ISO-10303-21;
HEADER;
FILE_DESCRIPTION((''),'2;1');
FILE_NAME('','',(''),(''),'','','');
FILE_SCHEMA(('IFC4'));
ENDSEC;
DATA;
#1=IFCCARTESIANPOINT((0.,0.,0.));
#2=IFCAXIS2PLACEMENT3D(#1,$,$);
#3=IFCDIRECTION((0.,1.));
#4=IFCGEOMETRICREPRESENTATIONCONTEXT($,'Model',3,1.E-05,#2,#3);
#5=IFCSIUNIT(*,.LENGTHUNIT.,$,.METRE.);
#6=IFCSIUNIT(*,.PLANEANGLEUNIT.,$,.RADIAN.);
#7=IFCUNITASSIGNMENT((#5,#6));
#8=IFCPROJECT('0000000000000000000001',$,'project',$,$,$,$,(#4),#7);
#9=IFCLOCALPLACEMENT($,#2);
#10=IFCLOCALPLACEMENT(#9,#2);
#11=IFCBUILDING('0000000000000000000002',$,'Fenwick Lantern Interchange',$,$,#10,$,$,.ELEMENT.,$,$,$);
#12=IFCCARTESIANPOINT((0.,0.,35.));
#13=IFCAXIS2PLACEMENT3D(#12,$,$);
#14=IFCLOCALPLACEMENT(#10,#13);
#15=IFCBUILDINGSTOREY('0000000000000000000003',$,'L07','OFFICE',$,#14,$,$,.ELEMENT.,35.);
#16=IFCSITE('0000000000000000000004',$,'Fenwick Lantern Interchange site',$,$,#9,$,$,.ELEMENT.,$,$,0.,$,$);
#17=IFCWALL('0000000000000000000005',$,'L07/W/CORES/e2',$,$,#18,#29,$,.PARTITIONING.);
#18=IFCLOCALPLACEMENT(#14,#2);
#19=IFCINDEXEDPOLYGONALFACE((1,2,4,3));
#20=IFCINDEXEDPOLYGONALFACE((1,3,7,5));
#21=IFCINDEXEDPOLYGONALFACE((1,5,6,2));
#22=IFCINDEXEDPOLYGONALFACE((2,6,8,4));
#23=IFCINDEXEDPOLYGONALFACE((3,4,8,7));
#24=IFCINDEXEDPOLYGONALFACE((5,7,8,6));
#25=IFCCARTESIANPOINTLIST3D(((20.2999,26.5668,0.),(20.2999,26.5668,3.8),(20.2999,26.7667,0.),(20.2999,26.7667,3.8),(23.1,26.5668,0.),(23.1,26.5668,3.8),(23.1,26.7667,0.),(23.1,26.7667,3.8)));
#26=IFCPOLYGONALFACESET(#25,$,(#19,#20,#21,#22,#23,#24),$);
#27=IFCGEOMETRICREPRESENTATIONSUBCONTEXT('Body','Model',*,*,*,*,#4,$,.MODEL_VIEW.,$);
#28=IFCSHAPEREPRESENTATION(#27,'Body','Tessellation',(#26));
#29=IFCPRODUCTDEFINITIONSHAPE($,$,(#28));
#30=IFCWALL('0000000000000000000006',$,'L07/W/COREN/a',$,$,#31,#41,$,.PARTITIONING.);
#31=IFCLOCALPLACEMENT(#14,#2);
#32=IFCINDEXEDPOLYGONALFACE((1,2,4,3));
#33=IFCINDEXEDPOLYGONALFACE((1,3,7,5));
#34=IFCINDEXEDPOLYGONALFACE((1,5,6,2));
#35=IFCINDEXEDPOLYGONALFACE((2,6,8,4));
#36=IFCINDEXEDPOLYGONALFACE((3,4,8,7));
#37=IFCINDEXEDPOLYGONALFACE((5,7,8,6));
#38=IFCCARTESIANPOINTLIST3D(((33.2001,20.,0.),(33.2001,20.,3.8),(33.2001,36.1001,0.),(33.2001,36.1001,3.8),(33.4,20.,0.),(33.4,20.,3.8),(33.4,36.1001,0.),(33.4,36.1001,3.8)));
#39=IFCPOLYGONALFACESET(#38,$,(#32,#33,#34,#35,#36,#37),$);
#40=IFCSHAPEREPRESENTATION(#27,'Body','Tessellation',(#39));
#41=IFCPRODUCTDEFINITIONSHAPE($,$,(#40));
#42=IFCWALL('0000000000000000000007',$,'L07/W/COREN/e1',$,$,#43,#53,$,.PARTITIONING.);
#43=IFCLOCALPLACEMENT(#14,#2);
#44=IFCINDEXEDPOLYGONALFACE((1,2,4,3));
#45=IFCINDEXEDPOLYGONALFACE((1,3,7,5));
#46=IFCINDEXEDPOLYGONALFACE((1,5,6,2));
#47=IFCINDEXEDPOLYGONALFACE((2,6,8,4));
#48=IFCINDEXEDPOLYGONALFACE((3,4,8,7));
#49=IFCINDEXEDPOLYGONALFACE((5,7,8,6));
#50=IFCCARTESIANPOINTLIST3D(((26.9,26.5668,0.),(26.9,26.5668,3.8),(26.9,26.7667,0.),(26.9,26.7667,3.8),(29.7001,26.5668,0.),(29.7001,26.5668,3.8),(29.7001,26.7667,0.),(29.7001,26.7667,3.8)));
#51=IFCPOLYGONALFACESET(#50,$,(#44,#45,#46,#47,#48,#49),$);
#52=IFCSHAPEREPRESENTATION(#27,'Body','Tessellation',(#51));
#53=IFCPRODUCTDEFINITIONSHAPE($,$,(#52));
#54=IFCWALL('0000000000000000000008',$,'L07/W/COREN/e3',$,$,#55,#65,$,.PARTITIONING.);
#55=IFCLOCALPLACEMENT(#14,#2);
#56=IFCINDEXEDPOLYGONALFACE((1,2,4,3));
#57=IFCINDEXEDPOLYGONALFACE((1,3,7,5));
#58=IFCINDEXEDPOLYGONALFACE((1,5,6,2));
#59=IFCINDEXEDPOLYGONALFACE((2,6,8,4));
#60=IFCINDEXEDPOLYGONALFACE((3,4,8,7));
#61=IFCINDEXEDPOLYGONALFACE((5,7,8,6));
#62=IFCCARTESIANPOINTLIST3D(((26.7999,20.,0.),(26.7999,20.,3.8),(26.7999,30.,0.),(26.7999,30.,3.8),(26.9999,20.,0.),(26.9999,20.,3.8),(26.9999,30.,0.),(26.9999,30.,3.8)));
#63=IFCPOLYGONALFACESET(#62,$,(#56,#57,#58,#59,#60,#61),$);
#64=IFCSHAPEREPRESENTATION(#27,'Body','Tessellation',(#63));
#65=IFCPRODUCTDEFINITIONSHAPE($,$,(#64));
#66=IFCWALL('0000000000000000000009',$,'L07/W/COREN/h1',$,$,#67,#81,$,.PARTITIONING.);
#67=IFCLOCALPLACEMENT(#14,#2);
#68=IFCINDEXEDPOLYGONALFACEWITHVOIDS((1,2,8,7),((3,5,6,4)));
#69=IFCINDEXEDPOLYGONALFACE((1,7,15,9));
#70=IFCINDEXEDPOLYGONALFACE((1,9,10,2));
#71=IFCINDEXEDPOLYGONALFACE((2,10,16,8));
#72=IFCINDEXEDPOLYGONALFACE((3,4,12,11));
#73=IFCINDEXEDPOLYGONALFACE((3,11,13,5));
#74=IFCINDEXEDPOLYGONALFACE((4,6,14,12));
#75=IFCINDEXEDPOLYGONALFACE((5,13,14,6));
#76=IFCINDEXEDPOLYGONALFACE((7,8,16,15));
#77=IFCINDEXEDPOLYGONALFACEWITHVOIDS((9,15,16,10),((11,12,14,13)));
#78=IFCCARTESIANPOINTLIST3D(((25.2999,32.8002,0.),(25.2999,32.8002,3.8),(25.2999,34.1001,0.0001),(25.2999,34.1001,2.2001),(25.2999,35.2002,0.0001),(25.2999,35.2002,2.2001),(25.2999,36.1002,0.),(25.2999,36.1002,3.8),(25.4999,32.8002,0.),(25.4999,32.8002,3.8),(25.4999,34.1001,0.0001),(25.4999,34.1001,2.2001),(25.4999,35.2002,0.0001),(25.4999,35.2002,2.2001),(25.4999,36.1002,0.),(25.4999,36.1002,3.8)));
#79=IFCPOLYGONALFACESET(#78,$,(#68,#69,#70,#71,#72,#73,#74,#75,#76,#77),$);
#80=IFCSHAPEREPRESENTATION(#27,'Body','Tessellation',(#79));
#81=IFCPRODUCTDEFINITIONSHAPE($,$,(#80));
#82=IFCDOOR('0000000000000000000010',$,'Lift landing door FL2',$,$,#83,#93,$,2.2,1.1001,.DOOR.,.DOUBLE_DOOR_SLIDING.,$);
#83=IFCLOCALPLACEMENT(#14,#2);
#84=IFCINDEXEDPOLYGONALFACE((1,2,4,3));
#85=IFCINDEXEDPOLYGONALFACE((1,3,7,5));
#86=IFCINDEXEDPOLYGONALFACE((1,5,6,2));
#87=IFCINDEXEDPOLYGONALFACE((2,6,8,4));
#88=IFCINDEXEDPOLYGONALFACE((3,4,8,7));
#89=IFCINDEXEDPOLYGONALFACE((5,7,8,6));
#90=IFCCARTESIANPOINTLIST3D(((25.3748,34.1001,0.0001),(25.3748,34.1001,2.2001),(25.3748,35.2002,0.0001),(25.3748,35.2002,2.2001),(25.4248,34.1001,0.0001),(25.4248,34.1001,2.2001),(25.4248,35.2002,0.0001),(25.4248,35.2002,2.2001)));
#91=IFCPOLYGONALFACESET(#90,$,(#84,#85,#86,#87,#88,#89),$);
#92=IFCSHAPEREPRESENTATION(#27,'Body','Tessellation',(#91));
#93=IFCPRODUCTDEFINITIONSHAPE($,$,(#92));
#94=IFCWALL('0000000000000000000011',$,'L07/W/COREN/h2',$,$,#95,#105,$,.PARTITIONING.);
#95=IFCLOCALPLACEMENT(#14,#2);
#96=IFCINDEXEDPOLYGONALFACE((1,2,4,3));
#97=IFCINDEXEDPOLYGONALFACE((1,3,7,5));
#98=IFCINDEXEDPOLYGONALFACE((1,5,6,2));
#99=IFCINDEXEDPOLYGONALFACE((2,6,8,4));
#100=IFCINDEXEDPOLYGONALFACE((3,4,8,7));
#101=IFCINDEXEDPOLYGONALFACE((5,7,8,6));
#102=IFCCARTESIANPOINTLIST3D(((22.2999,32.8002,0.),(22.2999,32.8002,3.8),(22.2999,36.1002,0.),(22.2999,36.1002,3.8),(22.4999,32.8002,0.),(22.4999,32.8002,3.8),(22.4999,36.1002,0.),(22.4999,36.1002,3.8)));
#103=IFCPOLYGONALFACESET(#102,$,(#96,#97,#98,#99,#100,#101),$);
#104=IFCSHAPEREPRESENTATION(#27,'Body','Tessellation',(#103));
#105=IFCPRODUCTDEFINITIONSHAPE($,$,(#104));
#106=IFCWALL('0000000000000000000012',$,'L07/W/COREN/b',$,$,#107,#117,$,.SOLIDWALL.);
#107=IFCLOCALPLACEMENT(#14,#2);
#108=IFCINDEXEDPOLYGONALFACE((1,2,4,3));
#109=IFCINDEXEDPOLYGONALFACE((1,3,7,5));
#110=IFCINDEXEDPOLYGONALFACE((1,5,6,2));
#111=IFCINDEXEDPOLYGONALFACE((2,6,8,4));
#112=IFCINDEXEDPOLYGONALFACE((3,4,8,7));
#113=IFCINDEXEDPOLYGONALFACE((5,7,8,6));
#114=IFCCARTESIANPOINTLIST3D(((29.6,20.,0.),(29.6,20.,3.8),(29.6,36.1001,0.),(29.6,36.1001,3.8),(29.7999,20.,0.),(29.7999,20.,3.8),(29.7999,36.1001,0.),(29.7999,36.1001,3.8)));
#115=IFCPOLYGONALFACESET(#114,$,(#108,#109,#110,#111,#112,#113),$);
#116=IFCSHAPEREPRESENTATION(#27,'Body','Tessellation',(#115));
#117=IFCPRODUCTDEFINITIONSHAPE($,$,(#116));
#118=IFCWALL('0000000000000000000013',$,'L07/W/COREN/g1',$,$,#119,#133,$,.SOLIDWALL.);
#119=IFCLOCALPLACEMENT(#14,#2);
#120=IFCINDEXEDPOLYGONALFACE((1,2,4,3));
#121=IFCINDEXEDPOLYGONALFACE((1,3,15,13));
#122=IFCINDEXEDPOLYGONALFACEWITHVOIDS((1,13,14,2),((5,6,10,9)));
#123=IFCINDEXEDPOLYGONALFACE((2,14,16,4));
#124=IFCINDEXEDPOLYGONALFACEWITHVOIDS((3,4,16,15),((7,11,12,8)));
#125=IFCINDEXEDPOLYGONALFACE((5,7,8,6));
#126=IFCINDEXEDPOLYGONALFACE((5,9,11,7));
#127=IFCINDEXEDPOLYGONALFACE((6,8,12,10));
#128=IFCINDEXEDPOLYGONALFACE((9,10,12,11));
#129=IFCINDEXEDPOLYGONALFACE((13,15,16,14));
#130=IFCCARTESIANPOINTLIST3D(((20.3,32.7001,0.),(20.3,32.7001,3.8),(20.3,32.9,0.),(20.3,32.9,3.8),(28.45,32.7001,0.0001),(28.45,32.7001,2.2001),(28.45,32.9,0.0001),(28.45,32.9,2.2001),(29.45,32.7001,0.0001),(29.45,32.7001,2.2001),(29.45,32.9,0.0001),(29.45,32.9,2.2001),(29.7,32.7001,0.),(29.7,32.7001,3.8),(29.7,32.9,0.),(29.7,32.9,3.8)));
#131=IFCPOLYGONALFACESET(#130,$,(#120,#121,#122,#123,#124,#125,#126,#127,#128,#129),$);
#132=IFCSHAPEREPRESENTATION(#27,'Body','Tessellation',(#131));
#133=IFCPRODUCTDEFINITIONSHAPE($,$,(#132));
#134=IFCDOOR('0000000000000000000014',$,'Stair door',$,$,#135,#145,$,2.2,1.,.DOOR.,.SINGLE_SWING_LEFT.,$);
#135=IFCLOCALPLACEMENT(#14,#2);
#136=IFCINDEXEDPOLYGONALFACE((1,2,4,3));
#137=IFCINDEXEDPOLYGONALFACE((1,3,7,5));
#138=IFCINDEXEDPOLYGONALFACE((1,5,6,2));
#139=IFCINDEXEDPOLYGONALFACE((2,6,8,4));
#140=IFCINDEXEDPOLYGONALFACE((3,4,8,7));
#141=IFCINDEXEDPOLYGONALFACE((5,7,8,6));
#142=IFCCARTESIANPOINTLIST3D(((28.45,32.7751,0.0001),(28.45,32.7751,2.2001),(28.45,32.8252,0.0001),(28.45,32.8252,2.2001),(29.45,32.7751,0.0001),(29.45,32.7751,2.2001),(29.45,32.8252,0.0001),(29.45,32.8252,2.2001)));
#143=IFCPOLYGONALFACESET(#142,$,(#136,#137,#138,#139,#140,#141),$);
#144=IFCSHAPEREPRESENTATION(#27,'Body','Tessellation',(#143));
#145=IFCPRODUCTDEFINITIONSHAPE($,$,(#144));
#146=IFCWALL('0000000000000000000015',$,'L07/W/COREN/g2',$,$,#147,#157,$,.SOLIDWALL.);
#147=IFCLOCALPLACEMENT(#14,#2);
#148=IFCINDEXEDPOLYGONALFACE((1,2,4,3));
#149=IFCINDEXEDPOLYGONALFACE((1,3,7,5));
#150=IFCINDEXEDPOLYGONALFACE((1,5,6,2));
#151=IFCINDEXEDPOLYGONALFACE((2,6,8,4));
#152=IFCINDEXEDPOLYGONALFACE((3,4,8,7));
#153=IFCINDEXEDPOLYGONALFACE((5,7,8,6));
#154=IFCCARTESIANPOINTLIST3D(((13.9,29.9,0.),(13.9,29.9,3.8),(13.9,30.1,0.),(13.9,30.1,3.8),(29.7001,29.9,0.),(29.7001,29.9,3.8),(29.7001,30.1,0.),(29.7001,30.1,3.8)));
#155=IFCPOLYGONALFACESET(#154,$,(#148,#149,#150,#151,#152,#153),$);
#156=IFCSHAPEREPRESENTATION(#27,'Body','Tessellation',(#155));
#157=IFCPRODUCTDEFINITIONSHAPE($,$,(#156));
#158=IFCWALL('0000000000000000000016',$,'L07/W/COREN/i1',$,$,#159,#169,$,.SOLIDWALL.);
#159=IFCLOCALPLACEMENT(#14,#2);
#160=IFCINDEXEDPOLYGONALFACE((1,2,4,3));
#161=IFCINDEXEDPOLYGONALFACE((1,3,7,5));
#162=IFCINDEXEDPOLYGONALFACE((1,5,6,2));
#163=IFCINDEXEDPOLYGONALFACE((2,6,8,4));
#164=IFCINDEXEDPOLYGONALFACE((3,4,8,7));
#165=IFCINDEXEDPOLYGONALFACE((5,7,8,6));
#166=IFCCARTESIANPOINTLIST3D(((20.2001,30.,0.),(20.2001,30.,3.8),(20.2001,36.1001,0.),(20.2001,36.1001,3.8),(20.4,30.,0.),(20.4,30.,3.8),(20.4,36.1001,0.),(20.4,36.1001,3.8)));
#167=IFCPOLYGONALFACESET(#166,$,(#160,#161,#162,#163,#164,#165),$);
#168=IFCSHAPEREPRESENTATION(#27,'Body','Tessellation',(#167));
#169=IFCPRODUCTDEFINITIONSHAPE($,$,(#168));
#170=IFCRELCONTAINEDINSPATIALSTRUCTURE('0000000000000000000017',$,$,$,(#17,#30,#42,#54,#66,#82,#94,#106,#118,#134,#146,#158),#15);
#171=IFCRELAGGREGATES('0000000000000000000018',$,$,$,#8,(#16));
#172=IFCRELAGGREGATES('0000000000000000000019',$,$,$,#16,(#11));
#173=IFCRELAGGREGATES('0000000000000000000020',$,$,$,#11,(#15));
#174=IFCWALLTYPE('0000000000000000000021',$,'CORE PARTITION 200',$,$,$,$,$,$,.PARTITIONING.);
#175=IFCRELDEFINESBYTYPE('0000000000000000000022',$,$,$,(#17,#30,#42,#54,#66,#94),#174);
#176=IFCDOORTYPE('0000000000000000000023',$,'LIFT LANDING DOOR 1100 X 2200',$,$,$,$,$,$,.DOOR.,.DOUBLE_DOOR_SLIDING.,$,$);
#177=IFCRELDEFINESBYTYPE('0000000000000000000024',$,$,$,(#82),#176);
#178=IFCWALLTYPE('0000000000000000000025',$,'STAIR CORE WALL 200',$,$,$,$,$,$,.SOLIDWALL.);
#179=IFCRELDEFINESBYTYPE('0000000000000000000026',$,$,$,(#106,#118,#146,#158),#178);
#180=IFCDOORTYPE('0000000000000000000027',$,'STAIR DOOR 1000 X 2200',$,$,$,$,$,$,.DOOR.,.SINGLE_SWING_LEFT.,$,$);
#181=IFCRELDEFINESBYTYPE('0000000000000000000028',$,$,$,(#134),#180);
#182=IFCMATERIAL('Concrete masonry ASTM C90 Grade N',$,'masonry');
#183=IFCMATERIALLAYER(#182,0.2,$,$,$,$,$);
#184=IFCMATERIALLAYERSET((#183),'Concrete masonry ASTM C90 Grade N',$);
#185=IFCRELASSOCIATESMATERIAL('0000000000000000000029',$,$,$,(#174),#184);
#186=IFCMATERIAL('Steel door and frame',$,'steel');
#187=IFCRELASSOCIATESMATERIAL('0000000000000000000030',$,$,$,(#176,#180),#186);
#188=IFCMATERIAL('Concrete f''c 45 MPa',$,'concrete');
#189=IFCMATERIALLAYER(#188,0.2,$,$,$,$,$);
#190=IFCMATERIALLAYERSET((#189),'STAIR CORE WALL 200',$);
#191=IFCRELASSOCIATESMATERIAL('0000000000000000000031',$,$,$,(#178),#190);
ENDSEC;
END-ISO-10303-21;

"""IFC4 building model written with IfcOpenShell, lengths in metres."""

from ifc_helpers import new_model, si_unit, direction, frame, frame_2d, origin, place, context, subcontext, project, spatial, rectangle, extrude, material, layer, layer_set, type_object, element, fill, save


model = new_model("IFC4")

# Units and contexts
model_context = context("Model", 3, precision=1e-05, world=origin(), true_north=direction((0.0, 1.0)))
body_context = subcontext(model_context, "Body", "Model", "MODEL_VIEW")
ifc_project = project(units=[si_unit("LENGTHUNIT", "METRE"), si_unit("PLANEANGLEUNIT", "RADIAN")], contexts=[model_context])

# Site, building, storey
site_placement = place(None, origin())
site = spatial("IfcSite", under=ifc_project, at=site_placement, Name="Fenwick Lantern Interchange site", CompositionType="ELEMENT", RefElevation=0.0)
building_placement = place(site_placement, origin())
building = spatial("IfcBuilding", under=site, at=building_placement, Name="Fenwick Lantern Interchange", CompositionType="ELEMENT")
storey_placement = place(building_placement, frame((0.0, 0.0, 35.0)))
storey = spatial("IfcBuildingStorey", under=building, at=storey_placement, Name="L07", Description="OFFICE", CompositionType="ELEMENT", Elevation=35.0)

# Walls
ifc_material_1 = material(Name="Concrete masonry ASTM C90 Grade N", Category="masonry")
ifc_layer_1 = layer(ifc_material_1, 0.2)
ifc_layer_set_1 = layer_set([ifc_layer_1], Name="Concrete masonry ASTM C90 Grade N")
wall_type_1 = type_object("IfcWallType", Name="CORE PARTITION 200", PredefinedType="PARTITIONING", material=ifc_layer_set_1)
wall_1_placement = place(storey_placement, frame((20.3, 26.6667, 0.0), z_axis=(0.0, 0.0, 1.0), x_axis=(1.0, 0.0, 0.0)))
element("IfcWall", 1, at=wall_1_placement, inside=storey, type_object=wall_type_1, Name="L07/W/CORES/e2", PredefinedType="PARTITIONING", context=body_context, shape_type="SweptSolid", body=[
    extrude(rectangle(XDim=2.8, YDim=0.2, at=frame_2d((1.3999, 0.0))), origin(), (0.0, 0.0, 1.0), 3.8),
])
wall_2_placement = place(storey_placement, frame((33.3, 36.1001, 0.0), z_axis=(0.0, 0.0, 1.0), x_axis=(0.0, -1.0, 0.0)))
element("IfcWall", 2, at=wall_2_placement, inside=storey, type_object=wall_type_1, Name="L07/W/COREN/a", PredefinedType="PARTITIONING", context=body_context, shape_type="SweptSolid", body=[
    extrude(rectangle(XDim=16.1001, YDim=0.2, at=frame_2d((8.05, 0.0))), origin(), (0.0, 0.0, 1.0), 3.8),
])
wall_3_placement = place(storey_placement, frame((29.7, 26.6667, 0.0), z_axis=(0.0, 0.0, 1.0), x_axis=(-1.0, 0.0, 0.0)))
element("IfcWall", 3, at=wall_3_placement, inside=storey, type_object=wall_type_1, Name="L07/W/COREN/e1", PredefinedType="PARTITIONING", context=body_context, shape_type="SweptSolid", body=[
    extrude(rectangle(XDim=2.8, YDim=0.2, at=frame_2d((1.3999, 0.0))), origin(), (0.0, 0.0, 1.0), 3.8),
])
wall_4_placement = place(storey_placement, frame((26.8999, 30.0, 0.0), z_axis=(0.0, 0.0, 1.0), x_axis=(0.0, -1.0, 0.0)))
element("IfcWall", 4, at=wall_4_placement, inside=storey, type_object=wall_type_1, Name="L07/W/COREN/e3", PredefinedType="PARTITIONING", context=body_context, shape_type="SweptSolid", body=[
    extrude(rectangle(XDim=10.0, YDim=0.2, at=frame_2d((5.0, 0.0))), origin(), (0.0, 0.0, 1.0), 3.8),
])

# Wall, opening, door
wall_5_placement = place(storey_placement, frame((25.3999, 36.1001, 0.0), z_axis=(0.0, 0.0, 1.0), x_axis=(0.0, -1.0, 0.0)))
wall_5 = element("IfcWall", 5, at=wall_5_placement, inside=storey, type_object=wall_type_1, Name="L07/W/COREN/h1", PredefinedType="PARTITIONING", context=body_context, shape_type="SweptSolid", body=[
    extrude(rectangle(XDim=3.3, YDim=0.2, at=frame_2d((1.6499, 0.0))), origin(), (0.0, 0.0, 1.0), 3.8),
])
opening_1_placement = place(wall_5_placement, frame((0.8999, 0.0, 0.0)))
opening_1 = element("IfcOpeningElement", 6, at=opening_1_placement, cuts=wall_5, PredefinedType="OPENING", context=body_context, shape_type="SweptSolid", body=[
    extrude(rectangle(XDim=1.1001, YDim=2.2, at=frame_2d((0.55, 1.1001))), frame((0.0, 0.1099, 0.0), z_axis=(0.0, -1.0, 0.0), x_axis=(1.0, 0.0, 0.0)), (0.0, 0.0, 1.0), 0.22),
])
ifc_material_2 = material(Name="Steel door and frame", Category="steel")
door_type_1 = type_object("IfcDoorType", Name="LIFT LANDING DOOR 1100 X 2200", OperationType="DOUBLE_DOOR_SLIDING", PredefinedType="DOOR", material=ifc_material_2)
door_1_placement = place(opening_1_placement, origin())
door_1 = element("IfcDoor", 7, at=door_1_placement, inside=storey, type_object=door_type_1, Name="Lift landing door FL2", OperationType="DOUBLE_DOOR_SLIDING", OverallHeight=2.2, OverallWidth=1.1001, PredefinedType="DOOR", context=body_context, shape_type="SweptSolid", body=[
    extrude(rectangle(XDim=1.1001, YDim=2.2, at=frame_2d((0.55, 1.1001))), frame((0.0, 0.0249, 0.0), z_axis=(0.0, -1.0, 0.0), x_axis=(1.0, 0.0, 0.0)), (0.0, 0.0, 1.0), 0.05),
])
fill(opening_1, door_1)

# Walls
wall_6_placement = place(storey_placement, frame((22.3999, 36.1001, 0.0), z_axis=(0.0, 0.0, 1.0), x_axis=(0.0, -1.0, 0.0)))
element("IfcWall", 8, at=wall_6_placement, inside=storey, type_object=wall_type_1, Name="L07/W/COREN/h2", PredefinedType="PARTITIONING", context=body_context, shape_type="SweptSolid", body=[
    extrude(rectangle(XDim=3.3, YDim=0.2, at=frame_2d((1.6499, 0.0))), origin(), (0.0, 0.0, 1.0), 3.8),
])
ifc_material_3 = material(Name="Concrete f'c 45 MPa", Category="concrete")
ifc_layer_2 = layer(ifc_material_3, 0.2)
ifc_layer_set_2 = layer_set([ifc_layer_2], Name="STAIR CORE WALL 200")
wall_type_2 = type_object("IfcWallType", Name="STAIR CORE WALL 200", PredefinedType="SOLIDWALL", material=ifc_layer_set_2)
wall_7_placement = place(storey_placement, frame((29.7, 36.1001, 0.0), z_axis=(0.0, 0.0, 1.0), x_axis=(0.0, -1.0, 0.0)))
element("IfcWall", 9, at=wall_7_placement, inside=storey, type_object=wall_type_2, Name="L07/W/COREN/b", PredefinedType="SOLIDWALL", context=body_context, shape_type="SweptSolid", body=[
    extrude(rectangle(XDim=16.1001, YDim=0.2, at=frame_2d((8.05, 0.0))), origin(), (0.0, 0.0, 1.0), 3.8),
])

# Wall, opening, door
wall_8_placement = place(storey_placement, frame((29.7, 32.8, 0.0), z_axis=(0.0, 0.0, 1.0), x_axis=(-1.0, 0.0, 0.0)))
wall_8 = element("IfcWall", 10, at=wall_8_placement, inside=storey, type_object=wall_type_2, Name="L07/W/COREN/g1", PredefinedType="SOLIDWALL", context=body_context, shape_type="SweptSolid", body=[
    extrude(rectangle(XDim=9.3999, YDim=0.2, at=frame_2d((4.7, 0.0))), origin(), (0.0, 0.0, 1.0), 3.8),
])
opening_2_placement = place(wall_8_placement, frame((0.25, 0.0, 0.0)))
opening_2 = element("IfcOpeningElement", 11, at=opening_2_placement, cuts=wall_8, PredefinedType="OPENING", context=body_context, shape_type="SweptSolid", body=[
    extrude(rectangle(XDim=1.0, YDim=2.2, at=frame_2d((0.5, 1.1001))), frame((0.0, 0.1099, 0.0), z_axis=(0.0, -1.0, 0.0), x_axis=(1.0, 0.0, 0.0)), (0.0, 0.0, 1.0), 0.22),
])
door_type_2 = type_object("IfcDoorType", Name="STAIR DOOR 1000 X 2200", OperationType="SINGLE_SWING_LEFT", PredefinedType="DOOR", material=ifc_material_2)
door_2_placement = place(opening_2_placement, origin())
door_2 = element("IfcDoor", 12, at=door_2_placement, inside=storey, type_object=door_type_2, Name="Stair door", OperationType="SINGLE_SWING_LEFT", OverallHeight=2.2, OverallWidth=1.0, PredefinedType="DOOR", context=body_context, shape_type="SweptSolid", body=[
    extrude(rectangle(XDim=1.0, YDim=2.2, at=frame_2d((0.5, 1.1001))), frame((0.0, 0.0249, 0.0), z_axis=(0.0, -1.0, 0.0), x_axis=(1.0, 0.0, 0.0)), (0.0, 0.0, 1.0), 0.05),
])
fill(opening_2, door_2)

# Walls
wall_9_placement = place(storey_placement, frame((29.7, 30.0, 0.0), z_axis=(0.0, 0.0, 1.0), x_axis=(-1.0, 0.0, 0.0)))
element("IfcWall", 13, at=wall_9_placement, inside=storey, type_object=wall_type_2, Name="L07/W/COREN/g2", PredefinedType="SOLIDWALL", context=body_context, shape_type="SweptSolid", body=[
    extrude(rectangle(XDim=15.8, YDim=0.2, at=frame_2d((7.8999, 0.0))), origin(), (0.0, 0.0, 1.0), 3.8),
])
wall_10_placement = place(storey_placement, frame((20.3, 36.1001, 0.0), z_axis=(0.0, 0.0, 1.0), x_axis=(0.0, -1.0, 0.0)))
element("IfcWall", 14, at=wall_10_placement, inside=storey, type_object=wall_type_2, Name="L07/W/COREN/i1", PredefinedType="SOLIDWALL", context=body_context, shape_type="SweptSolid", body=[
    extrude(rectangle(XDim=6.1001, YDim=0.2, at=frame_2d((3.05, 0.0))), origin(), (0.0, 0.0, 1.0), 3.8),
])

save(model, "model.ifc")
